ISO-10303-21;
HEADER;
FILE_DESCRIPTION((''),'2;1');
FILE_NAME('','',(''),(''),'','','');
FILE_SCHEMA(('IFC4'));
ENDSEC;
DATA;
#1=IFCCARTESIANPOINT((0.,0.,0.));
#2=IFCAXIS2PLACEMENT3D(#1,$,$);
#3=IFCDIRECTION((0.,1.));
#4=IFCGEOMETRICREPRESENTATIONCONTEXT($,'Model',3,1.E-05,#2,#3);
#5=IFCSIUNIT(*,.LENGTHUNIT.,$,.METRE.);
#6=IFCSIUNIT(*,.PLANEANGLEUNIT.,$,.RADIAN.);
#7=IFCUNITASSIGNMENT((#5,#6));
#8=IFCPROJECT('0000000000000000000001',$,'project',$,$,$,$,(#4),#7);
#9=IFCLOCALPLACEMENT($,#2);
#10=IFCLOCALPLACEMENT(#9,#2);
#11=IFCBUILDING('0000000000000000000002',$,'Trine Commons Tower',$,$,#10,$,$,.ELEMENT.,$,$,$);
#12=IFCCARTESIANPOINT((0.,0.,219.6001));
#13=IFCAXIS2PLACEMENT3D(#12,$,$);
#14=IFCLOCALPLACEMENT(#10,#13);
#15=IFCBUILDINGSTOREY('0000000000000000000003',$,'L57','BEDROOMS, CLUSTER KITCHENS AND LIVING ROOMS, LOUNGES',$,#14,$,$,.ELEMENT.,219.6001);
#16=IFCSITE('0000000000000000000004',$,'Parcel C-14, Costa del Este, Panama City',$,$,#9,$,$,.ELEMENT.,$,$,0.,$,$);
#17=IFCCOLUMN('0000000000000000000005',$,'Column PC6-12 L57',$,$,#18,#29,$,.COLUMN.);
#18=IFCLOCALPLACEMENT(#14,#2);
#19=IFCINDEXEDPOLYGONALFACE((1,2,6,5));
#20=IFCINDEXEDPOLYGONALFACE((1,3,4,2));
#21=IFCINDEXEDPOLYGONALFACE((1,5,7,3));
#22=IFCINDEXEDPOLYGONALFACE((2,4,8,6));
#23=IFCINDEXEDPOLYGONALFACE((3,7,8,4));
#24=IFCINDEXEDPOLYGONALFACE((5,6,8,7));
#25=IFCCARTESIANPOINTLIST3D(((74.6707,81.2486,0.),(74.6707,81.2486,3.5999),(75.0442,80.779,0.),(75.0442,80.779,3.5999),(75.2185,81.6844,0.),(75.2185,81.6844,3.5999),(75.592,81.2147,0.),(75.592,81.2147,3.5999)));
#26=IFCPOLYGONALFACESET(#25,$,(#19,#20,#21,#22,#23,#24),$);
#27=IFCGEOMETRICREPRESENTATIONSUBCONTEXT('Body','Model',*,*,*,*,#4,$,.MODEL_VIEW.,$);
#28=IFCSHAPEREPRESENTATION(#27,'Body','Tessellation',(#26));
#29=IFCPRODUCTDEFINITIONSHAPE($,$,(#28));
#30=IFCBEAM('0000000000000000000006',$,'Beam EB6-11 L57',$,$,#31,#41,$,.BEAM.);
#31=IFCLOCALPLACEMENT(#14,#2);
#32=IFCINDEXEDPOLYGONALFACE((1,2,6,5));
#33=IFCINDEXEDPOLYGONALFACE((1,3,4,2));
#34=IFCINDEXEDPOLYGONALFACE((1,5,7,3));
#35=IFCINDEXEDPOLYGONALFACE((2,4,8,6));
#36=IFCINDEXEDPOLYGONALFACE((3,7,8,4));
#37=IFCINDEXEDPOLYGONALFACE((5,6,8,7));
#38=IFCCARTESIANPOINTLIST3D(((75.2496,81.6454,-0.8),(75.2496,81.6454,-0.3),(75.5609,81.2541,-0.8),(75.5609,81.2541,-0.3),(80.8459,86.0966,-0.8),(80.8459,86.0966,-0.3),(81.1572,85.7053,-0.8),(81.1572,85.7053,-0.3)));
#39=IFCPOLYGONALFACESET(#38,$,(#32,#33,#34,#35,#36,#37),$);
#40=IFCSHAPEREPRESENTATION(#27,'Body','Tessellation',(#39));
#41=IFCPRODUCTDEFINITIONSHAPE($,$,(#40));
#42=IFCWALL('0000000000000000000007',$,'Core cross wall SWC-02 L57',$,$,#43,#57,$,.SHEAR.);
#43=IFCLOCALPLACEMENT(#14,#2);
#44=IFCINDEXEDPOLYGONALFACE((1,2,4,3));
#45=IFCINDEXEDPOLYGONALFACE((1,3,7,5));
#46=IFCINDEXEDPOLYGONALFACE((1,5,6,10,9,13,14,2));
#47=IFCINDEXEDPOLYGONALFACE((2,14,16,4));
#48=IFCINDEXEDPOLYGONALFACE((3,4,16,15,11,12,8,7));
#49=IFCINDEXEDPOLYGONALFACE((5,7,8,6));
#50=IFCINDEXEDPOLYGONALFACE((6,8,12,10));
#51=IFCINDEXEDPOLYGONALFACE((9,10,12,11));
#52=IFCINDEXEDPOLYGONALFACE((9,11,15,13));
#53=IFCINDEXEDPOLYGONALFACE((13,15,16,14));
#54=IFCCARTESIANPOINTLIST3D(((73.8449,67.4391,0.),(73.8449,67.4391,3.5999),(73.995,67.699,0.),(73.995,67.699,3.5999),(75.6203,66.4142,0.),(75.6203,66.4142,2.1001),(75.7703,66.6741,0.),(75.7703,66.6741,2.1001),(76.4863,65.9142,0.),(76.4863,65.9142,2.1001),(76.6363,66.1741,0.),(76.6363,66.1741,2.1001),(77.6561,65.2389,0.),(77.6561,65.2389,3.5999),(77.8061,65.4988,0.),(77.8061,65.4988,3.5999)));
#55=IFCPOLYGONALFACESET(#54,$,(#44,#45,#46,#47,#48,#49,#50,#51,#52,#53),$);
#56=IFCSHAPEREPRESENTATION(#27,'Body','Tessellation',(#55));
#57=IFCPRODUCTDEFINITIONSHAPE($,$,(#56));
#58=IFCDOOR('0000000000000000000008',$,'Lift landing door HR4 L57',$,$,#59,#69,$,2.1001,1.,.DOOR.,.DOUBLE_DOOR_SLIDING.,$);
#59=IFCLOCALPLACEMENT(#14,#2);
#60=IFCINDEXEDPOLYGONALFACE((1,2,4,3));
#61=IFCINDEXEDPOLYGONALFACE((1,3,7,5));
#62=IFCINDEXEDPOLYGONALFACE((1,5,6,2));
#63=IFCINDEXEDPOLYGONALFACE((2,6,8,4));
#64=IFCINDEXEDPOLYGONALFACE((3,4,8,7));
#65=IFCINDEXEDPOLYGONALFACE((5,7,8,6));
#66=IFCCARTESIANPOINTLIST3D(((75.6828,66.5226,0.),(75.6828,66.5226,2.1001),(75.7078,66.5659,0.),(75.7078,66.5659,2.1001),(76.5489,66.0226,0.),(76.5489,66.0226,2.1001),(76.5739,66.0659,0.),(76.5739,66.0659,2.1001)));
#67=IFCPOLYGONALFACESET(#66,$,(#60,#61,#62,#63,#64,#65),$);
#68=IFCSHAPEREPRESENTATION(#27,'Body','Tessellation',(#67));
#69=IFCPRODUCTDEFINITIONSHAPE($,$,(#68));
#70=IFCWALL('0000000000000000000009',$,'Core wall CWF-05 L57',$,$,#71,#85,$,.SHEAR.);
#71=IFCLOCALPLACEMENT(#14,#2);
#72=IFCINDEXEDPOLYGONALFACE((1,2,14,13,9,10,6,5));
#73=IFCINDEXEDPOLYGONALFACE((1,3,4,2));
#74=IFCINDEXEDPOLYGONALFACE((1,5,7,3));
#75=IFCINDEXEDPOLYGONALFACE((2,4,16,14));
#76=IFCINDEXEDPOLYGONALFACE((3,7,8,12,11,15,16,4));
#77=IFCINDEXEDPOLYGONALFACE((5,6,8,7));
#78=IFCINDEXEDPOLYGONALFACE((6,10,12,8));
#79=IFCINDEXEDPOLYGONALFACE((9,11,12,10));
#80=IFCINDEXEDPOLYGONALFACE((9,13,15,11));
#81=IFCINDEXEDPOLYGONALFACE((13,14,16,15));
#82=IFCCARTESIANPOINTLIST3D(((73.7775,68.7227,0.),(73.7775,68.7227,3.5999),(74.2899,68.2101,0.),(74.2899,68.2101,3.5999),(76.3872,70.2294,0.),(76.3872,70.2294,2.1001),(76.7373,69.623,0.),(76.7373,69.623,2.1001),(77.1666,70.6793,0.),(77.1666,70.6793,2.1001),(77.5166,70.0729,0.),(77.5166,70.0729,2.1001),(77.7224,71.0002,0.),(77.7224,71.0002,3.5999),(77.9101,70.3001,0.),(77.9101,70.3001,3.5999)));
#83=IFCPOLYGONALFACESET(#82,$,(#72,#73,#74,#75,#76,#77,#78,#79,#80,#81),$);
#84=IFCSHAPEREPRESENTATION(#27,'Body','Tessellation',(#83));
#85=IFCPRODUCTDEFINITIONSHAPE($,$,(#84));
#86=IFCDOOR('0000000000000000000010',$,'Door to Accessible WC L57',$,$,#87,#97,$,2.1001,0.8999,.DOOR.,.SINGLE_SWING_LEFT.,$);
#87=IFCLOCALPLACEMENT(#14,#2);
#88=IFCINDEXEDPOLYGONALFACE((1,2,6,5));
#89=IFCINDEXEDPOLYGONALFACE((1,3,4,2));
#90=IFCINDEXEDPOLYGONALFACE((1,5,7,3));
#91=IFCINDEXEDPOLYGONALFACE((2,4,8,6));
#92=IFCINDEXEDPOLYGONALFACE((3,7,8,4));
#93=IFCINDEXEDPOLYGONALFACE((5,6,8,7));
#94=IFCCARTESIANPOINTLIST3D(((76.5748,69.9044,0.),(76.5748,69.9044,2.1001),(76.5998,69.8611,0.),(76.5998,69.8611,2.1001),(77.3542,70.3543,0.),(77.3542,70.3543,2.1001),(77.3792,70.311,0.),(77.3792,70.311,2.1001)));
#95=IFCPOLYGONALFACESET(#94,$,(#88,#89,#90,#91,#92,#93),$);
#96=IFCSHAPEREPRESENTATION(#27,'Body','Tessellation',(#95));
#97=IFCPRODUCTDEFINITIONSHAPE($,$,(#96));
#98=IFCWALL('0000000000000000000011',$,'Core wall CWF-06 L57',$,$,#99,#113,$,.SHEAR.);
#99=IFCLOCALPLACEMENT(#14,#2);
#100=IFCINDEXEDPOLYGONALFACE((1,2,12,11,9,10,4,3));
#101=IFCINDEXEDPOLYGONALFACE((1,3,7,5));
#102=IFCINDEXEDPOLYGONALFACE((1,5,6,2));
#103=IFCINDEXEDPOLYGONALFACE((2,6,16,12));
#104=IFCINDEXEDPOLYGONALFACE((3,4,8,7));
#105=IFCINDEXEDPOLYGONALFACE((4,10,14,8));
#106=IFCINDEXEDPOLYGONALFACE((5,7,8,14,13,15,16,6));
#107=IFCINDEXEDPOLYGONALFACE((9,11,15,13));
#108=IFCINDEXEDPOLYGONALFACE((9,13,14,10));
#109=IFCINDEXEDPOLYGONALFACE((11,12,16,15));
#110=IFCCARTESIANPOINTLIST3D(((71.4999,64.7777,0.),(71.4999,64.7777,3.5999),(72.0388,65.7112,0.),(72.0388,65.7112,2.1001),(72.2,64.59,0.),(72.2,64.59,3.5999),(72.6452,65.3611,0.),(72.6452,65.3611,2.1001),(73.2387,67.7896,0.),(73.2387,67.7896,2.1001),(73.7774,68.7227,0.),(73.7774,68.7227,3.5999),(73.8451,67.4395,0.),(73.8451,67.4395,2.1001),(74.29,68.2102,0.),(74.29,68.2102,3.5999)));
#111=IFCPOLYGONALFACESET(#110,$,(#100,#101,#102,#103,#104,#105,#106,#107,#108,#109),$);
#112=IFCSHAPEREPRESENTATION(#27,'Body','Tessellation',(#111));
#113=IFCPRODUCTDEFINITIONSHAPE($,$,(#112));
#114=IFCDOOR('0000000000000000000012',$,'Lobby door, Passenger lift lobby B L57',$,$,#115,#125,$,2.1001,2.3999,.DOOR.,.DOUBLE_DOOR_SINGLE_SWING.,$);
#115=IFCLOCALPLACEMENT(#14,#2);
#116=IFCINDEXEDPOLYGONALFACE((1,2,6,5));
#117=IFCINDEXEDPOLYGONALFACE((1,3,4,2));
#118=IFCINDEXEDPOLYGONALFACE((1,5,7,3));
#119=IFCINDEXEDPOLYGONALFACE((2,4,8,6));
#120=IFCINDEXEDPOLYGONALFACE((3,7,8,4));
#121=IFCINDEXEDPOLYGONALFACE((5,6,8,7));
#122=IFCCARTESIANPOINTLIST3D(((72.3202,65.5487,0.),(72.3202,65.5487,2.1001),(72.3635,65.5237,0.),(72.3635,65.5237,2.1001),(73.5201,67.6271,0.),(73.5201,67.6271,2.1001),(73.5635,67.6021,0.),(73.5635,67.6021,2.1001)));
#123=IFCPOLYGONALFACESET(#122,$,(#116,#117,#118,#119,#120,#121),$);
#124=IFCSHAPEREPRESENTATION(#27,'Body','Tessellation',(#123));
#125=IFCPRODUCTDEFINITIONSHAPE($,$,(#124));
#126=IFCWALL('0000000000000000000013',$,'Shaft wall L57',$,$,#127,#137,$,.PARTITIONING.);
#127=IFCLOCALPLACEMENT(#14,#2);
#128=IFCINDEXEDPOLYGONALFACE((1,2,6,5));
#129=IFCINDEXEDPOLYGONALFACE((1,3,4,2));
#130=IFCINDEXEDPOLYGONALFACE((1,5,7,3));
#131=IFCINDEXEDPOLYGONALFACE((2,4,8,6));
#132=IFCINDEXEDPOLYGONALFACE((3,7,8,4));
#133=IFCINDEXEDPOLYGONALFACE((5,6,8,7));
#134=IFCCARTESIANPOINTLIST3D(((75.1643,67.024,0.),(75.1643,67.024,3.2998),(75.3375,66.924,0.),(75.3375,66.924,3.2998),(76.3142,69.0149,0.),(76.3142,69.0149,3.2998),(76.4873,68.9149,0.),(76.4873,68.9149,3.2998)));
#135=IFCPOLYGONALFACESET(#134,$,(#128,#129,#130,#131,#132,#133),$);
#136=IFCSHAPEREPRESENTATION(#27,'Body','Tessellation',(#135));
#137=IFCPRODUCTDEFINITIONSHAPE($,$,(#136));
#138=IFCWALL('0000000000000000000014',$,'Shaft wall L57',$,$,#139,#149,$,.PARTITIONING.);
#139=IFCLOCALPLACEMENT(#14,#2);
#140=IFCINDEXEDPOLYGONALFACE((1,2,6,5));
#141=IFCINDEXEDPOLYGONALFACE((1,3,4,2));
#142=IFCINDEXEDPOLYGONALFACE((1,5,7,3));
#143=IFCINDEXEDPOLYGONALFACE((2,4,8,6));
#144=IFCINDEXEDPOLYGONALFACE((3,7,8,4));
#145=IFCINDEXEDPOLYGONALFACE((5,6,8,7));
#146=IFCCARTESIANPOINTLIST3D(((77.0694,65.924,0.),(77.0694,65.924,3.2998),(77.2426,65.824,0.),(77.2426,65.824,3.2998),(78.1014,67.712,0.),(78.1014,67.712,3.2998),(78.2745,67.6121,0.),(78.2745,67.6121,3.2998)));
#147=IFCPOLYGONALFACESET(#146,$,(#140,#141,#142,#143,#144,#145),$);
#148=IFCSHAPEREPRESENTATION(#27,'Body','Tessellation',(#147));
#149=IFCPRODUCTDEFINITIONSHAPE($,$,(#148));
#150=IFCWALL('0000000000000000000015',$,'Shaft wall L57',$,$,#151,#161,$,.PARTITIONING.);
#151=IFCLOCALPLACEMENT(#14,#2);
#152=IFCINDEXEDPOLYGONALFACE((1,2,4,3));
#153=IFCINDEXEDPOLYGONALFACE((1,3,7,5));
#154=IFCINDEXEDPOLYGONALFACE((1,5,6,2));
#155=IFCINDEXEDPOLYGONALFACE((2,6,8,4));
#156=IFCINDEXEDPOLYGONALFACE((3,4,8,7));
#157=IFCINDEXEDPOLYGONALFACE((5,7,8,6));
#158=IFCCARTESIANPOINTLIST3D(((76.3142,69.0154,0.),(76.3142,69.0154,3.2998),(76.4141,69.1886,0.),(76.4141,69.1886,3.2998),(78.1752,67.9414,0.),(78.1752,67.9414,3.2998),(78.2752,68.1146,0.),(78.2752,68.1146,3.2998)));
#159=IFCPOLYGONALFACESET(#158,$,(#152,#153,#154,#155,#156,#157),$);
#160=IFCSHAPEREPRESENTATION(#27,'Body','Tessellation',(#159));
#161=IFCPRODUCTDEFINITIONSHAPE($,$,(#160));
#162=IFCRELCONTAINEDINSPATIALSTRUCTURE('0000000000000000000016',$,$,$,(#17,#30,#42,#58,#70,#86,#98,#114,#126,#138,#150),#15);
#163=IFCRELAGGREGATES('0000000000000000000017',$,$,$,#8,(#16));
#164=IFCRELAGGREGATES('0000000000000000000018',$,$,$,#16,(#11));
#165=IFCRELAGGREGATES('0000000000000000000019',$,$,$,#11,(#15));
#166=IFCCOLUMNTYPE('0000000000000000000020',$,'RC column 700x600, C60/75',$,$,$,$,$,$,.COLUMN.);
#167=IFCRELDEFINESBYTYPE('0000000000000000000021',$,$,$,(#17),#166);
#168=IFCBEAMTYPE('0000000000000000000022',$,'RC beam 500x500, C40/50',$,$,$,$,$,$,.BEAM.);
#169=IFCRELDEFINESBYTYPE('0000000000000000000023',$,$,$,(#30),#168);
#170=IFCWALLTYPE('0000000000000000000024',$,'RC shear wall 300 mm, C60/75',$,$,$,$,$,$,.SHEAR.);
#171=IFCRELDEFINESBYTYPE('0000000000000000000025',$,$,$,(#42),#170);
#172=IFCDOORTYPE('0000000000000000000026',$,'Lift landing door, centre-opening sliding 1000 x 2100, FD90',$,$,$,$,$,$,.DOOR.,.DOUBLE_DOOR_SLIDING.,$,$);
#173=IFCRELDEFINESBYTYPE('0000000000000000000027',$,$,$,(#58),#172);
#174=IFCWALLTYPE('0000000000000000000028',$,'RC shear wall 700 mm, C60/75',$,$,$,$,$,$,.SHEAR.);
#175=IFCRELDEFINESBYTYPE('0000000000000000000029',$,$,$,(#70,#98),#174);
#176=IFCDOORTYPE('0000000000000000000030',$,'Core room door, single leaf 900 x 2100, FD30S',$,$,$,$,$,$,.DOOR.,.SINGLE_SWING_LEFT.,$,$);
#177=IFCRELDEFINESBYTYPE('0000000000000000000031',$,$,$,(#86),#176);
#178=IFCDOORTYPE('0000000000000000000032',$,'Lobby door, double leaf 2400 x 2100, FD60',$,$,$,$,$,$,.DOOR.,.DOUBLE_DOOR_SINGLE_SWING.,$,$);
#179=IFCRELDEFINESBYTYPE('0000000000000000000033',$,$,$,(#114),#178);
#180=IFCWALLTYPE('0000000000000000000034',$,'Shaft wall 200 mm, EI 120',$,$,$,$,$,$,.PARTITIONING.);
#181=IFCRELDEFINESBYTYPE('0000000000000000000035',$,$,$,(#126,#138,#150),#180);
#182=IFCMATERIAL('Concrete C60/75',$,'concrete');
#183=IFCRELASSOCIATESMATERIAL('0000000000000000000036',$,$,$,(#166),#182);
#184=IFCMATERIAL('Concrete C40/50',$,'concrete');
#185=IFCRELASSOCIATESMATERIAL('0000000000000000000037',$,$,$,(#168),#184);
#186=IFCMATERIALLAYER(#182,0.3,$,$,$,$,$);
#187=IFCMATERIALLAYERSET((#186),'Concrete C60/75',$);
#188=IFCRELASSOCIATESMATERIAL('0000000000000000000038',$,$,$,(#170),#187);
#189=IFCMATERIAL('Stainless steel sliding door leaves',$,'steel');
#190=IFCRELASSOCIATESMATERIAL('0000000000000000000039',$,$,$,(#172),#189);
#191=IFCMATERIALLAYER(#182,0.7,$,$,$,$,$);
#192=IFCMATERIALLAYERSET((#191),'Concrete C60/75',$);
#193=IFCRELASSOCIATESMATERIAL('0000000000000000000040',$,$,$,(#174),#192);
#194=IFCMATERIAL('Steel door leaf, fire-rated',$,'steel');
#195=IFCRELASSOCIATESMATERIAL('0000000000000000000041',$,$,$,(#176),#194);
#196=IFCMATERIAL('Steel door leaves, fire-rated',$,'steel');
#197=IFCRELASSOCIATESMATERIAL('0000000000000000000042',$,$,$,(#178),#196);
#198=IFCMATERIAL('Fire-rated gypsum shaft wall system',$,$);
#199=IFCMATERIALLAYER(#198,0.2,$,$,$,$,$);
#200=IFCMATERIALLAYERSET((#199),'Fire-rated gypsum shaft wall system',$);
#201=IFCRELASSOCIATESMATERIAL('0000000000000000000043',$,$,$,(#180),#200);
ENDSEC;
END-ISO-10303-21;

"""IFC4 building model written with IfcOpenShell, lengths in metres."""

from ifc_helpers import new_model, si_unit, direction, frame, frame_2d, origin, origin_2d, place, context, subcontext, project, spatial, polyline, rectangle, outline, extrude, material, layer, layer_set, material_profile, profile_set, type_object, element, fill, save


model = new_model("IFC4")

# Units and contexts
model_context = context("Model", 3, precision=1e-05, world=origin(), true_north=direction((0.0, 1.0)))
body_context = subcontext(model_context, "Body", "Model", "MODEL_VIEW")
ifc_project = project(units=[si_unit("LENGTHUNIT", "METRE"), si_unit("PLANEANGLEUNIT", "RADIAN")], contexts=[model_context])

# Site, building, storey
site_placement = place(None, origin())
site = spatial("IfcSite", under=ifc_project, at=site_placement, Name="Parcel C-14, Costa del Este, Panama City", CompositionType="ELEMENT", RefElevation=0.0)
building_placement = place(site_placement, origin())
building = spatial("IfcBuilding", under=site, at=building_placement, Name="Trine Commons Tower", CompositionType="ELEMENT")
storey_placement = place(building_placement, frame((0.0, 0.0, 219.6001)))
storey = spatial("IfcBuildingStorey", under=building, at=storey_placement, Name="L57", Description="BEDROOMS, CLUSTER KITCHENS AND LIVING ROOMS, LOUNGES", CompositionType="ELEMENT", Elevation=219.6001)

# Column
ifc_material_1 = material(Name="Concrete C60/75", Category="concrete")
ifc_material_profile_1 = material_profile(ifc_material_1, rectangle(XDim=0.7, YDim=0.6001, at=origin_2d()), Name="RC 700x600")
ifc_profile_set_1 = profile_set([ifc_material_profile_1], Name="Concrete C60/75")
column_type = type_object("IfcColumnType", Name="RC column 700x600, C60/75", PredefinedType="COLUMN", material=ifc_profile_set_1)
column_placement = place(storey_placement, frame((75.1313, 81.2317, 0.0), z_axis=(0.0, 0.0, 1.0), x_axis=(0.782608, 0.622515, 0.0)))
element("IfcColumn", 1, at=column_placement, inside=storey, type_object=column_type, Name="Column PC6-12 L57", PredefinedType="COLUMN", context=body_context, shape_type="SweptSolid", body=[
    extrude(rectangle(XDim=0.7, YDim=0.6001, at=origin_2d()), origin(), (0.0, 0.0, 1.0), 3.5999),
])

# Beam
ifc_material_2 = material(Name="Concrete C40/50", Category="concrete")
ifc_material_profile_2 = material_profile(ifc_material_2, rectangle(XDim=0.5, YDim=0.5, at=origin_2d()), Name="RC 500x500")
ifc_profile_set_2 = profile_set([ifc_material_profile_2], Name="Concrete C40/50")
beam_type = type_object("IfcBeamType", Name="RC beam 500x500, C40/50", PredefinedType="BEAM", material=ifc_profile_set_2)
beam_placement = place(storey_placement, frame((75.4053, 81.4497, -0.55), z_axis=(0.782624, 0.622494, 0.0), x_axis=(-0.622494, 0.782624, 0.0)))
element("IfcBeam", 2, at=beam_placement, inside=storey, type_object=beam_type, Name="Beam EB6-11 L57", PredefinedType="BEAM", context=body_context, shape_type="SweptSolid", body=[
    extrude(rectangle(XDim=0.5, YDim=0.5, at=origin_2d()), origin(), (0.0, 0.0, 1.0), 7.1506),
])

# Walls, openings, doors
ifc_layer_1 = layer(ifc_material_1, 0.3)
ifc_layer_set_1 = layer_set([ifc_layer_1], Name="Concrete C60/75")
wall_type_1 = type_object("IfcWallType", Name="RC shear wall 300 mm, C60/75", PredefinedType="SHEAR", material=ifc_layer_set_1)
wall_1_placement = place(storey_placement, frame((77.731, 65.3689, 0.0), z_axis=(0.0, 0.0, 1.0), x_axis=(-0.866036, 0.499982, 0.0)))
wall_1 = element("IfcWall", 3, at=wall_1_placement, inside=storey, type_object=wall_type_1, Name="Core cross wall SWC-02 L57", PredefinedType="SHEAR", context=body_context, shape_type="SweptSolid", body=[
    extrude(rectangle(XDim=4.4006, YDim=0.3, at=frame_2d((2.2002, 0.0))), origin(), (0.0, 0.0, 1.0), 3.5999),
])
opening_1_placement = place(wall_1_placement, frame((1.3506, 0.0, 0.0)))
opening_1 = element("IfcOpeningElement", 4, at=opening_1_placement, cuts=wall_1, PredefinedType="OPENING", context=body_context, shape_type="SweptSolid", body=[
    extrude(rectangle(XDim=1.0, YDim=2.1001, at=frame_2d((0.5, 1.05))), frame((0.0, 0.1599, 0.0), z_axis=(0.0, -1.0, 0.0), x_axis=(1.0, 0.0, 0.0)), (0.0, 0.0, 1.0), 0.3201),
])
ifc_material_3 = material(Name="Stainless steel sliding door leaves", Category="steel")
door_type_1 = type_object("IfcDoorType", Name="Lift landing door, centre-opening sliding 1000 x 2100, FD90", OperationType="DOUBLE_DOOR_SLIDING", PredefinedType="DOOR", material=ifc_material_3)
door_1_placement = place(opening_1_placement, origin())
door_1 = element("IfcDoor", 5, at=door_1_placement, inside=storey, type_object=door_type_1, Name="Lift landing door HR4 L57", OperationType="DOUBLE_DOOR_SLIDING", OverallHeight=2.1001, OverallWidth=1.0, PredefinedType="DOOR", context=body_context, shape_type="SweptSolid", body=[
    extrude(rectangle(XDim=1.0, YDim=2.1001, at=frame_2d((0.5, 1.05))), frame((0.0, 0.0249, 0.0), z_axis=(0.0, -1.0, 0.0), x_axis=(1.0, 0.0, 0.0)), (0.0, 0.0, 1.0), 0.05),
])
fill(opening_1, door_1)
ifc_layer_2 = layer(ifc_material_1, 0.7)
ifc_layer_set_2 = layer_set([ifc_layer_2], Name="Concrete C60/75")
wall_type_2 = type_object("IfcWallType", Name="RC shear wall 700 mm, C60/75", PredefinedType="SHEAR", material=ifc_layer_set_2)
wall_2_placement = place(storey_placement, frame((77.8975, 70.697, 0.0), z_axis=(0.0, 0.0, 1.0), x_axis=(-0.866035, -0.499984, 0.0)))
wall_2 = element("IfcWall", 6, at=wall_2_placement, inside=storey, type_object=wall_type_2, Name="Core wall CWF-05 L57", PredefinedType="SHEAR", context=body_context, shape_type="SweptSolid", body=[
    extrude(outline(polyline([(0.0, -0.3501), (4.5552, -0.3501), (4.3677, 0.3501), (0.1875, 0.3501), (0.0, -0.3501)])), origin(), (0.0, 0.0, 1.0), 3.5999),
])
opening_2_placement = place(wall_2_placement, frame((0.6418, 0.0, 0.0)))
opening_2 = element("IfcOpeningElement", 7, at=opening_2_placement, cuts=wall_2, PredefinedType="OPENING", context=body_context, shape_type="SweptSolid", body=[
    extrude(rectangle(XDim=0.8999, YDim=2.1001, at=frame_2d((0.45, 1.05))), frame((0.0, 0.3599, 0.0), z_axis=(0.0, -1.0, 0.0), x_axis=(1.0, 0.0, 0.0)), (0.0, 0.0, 1.0), 0.72),
])
ifc_material_4 = material(Name="Steel door leaf, fire-rated", Category="steel")
door_type_2 = type_object("IfcDoorType", Name="Core room door, single leaf 900 x 2100, FD30S", OperationType="SINGLE_SWING_LEFT", PredefinedType="DOOR", material=ifc_material_4)
door_2_placement = place(opening_2_placement, origin())
door_2 = element("IfcDoor", 8, at=door_2_placement, inside=storey, type_object=door_type_2, Name="Door to Accessible WC L57", OperationType="SINGLE_SWING_LEFT", OverallHeight=2.1001, OverallWidth=0.8999, PredefinedType="DOOR", context=body_context, shape_type="SweptSolid", body=[
    extrude(rectangle(XDim=0.8999, YDim=2.1001, at=frame_2d((0.45, 1.05))), frame((0.0, 0.0752, 0.0), z_axis=(0.0, -1.0, 0.0), x_axis=(1.0, 0.0, 0.0)), (0.0, 0.0, 1.0), 0.05),
])
fill(opening_2, door_2)
wall_3_placement = place(storey_placement, frame((74.0806, 68.5476, 0.0), z_axis=(0.0, 0.0, 1.0), x_axis=(-0.499984, -0.866035, 0.0)))
wall_3 = element("IfcWall", 9, at=wall_3_placement, inside=storey, type_object=wall_type_2, Name="Core wall CWF-06 L57", PredefinedType="SHEAR", context=body_context, shape_type="SweptSolid", body=[
    extrude(outline(polyline([(0.0, -0.3501), (4.5552, -0.3501), (4.3677, 0.3501), (0.1875, 0.3501), (0.0, -0.3501)])), origin(), (0.0, 0.0, 1.0), 3.5999),
])
opening_3_placement = place(wall_3_placement, frame((1.0774, 0.0, 0.0)))
opening_3 = element("IfcOpeningElement", 10, at=opening_3_placement, cuts=wall_3, PredefinedType="OPENING", context=body_context, shape_type="SweptSolid", body=[
    extrude(rectangle(XDim=2.3999, YDim=2.1001, at=frame_2d((1.2, 1.05))), frame((0.0, 0.3599, 0.0), z_axis=(0.0, -1.0, 0.0), x_axis=(1.0, 0.0, 0.0)), (0.0, 0.0, 1.0), 0.72),
])
ifc_material_5 = material(Name="Steel door leaves, fire-rated", Category="steel")
door_type_3 = type_object("IfcDoorType", Name="Lobby door, double leaf 2400 x 2100, FD60", OperationType="DOUBLE_DOOR_SINGLE_SWING", PredefinedType="DOOR", material=ifc_material_5)
door_3_placement = place(opening_3_placement, origin())
door_3 = element("IfcDoor", 11, at=door_3_placement, inside=storey, type_object=door_type_3, Name="Lobby door, Passenger lift lobby B L57", OperationType="DOUBLE_DOOR_SINGLE_SWING", OverallHeight=2.1001, OverallWidth=2.3999, PredefinedType="DOOR", context=body_context, shape_type="SweptSolid", body=[
    extrude(rectangle(XDim=2.3999, YDim=2.1001, at=frame_2d((1.2, 1.05))), frame((0.0, 0.0249, 0.0), z_axis=(0.0, -1.0, 0.0), x_axis=(1.0, 0.0, 0.0)), (0.0, 0.0, 1.0), 0.05),
])
fill(opening_3, door_3)

# Walls
ifc_material_6 = material(Name="Fire-rated gypsum shaft wall system")
ifc_layer_3 = layer(ifc_material_6, 0.2)
ifc_layer_set_3 = layer_set([ifc_layer_3], Name="Fire-rated gypsum shaft wall system")
wall_type_3 = type_object("IfcWallType", Name="Shaft wall 200 mm, EI 120", PredefinedType="PARTITIONING", material=ifc_layer_set_3)
wall_4_placement = place(storey_placement, frame((75.251, 66.9741, 0.0), z_axis=(0.0, 0.0, 1.0), x_axis=(0.500136, 0.865947, 0.0)))
element("IfcWall", 12, at=wall_4_placement, inside=storey, type_object=wall_type_3, Name="Shaft wall L57", PredefinedType="PARTITIONING", context=body_context, shape_type="SweptSolid", body=[
    extrude(rectangle(XDim=2.2991, YDim=0.2, at=frame_2d((1.1494, 0.0))), origin(), (0.0, 0.0, 1.0), 3.2998),
])
wall_5_placement = place(storey_placement, frame((77.156, 65.874, 0.0), z_axis=(0.0, 0.0, 1.0), x_axis=(0.499866, 0.866103, 0.0)))
element("IfcWall", 13, at=wall_5_placement, inside=storey, type_object=wall_type_3, Name="Shaft wall L57", PredefinedType="PARTITIONING", context=body_context, shape_type="SweptSolid", body=[
    extrude(rectangle(XDim=2.0645, YDim=0.2, at=frame_2d((1.0322, 0.0))), origin(), (0.0, 0.0, 1.0), 3.2998),
])
wall_6_placement = place(storey_placement, frame((78.2251, 68.0281, 0.0), z_axis=(0.0, 0.0, 1.0), x_axis=(-0.866131, 0.499818, 0.0)))
element("IfcWall", 14, at=wall_6_placement, inside=storey, type_object=wall_type_3, Name="Shaft wall L57", PredefinedType="PARTITIONING", context=body_context, shape_type="SweptSolid", body=[
    extrude(rectangle(XDim=2.1487, YDim=0.2, at=frame_2d((1.0742, 0.0))), origin(), (0.0, 0.0, 1.0), 3.2998),
])

save(model, "model.ifc")
